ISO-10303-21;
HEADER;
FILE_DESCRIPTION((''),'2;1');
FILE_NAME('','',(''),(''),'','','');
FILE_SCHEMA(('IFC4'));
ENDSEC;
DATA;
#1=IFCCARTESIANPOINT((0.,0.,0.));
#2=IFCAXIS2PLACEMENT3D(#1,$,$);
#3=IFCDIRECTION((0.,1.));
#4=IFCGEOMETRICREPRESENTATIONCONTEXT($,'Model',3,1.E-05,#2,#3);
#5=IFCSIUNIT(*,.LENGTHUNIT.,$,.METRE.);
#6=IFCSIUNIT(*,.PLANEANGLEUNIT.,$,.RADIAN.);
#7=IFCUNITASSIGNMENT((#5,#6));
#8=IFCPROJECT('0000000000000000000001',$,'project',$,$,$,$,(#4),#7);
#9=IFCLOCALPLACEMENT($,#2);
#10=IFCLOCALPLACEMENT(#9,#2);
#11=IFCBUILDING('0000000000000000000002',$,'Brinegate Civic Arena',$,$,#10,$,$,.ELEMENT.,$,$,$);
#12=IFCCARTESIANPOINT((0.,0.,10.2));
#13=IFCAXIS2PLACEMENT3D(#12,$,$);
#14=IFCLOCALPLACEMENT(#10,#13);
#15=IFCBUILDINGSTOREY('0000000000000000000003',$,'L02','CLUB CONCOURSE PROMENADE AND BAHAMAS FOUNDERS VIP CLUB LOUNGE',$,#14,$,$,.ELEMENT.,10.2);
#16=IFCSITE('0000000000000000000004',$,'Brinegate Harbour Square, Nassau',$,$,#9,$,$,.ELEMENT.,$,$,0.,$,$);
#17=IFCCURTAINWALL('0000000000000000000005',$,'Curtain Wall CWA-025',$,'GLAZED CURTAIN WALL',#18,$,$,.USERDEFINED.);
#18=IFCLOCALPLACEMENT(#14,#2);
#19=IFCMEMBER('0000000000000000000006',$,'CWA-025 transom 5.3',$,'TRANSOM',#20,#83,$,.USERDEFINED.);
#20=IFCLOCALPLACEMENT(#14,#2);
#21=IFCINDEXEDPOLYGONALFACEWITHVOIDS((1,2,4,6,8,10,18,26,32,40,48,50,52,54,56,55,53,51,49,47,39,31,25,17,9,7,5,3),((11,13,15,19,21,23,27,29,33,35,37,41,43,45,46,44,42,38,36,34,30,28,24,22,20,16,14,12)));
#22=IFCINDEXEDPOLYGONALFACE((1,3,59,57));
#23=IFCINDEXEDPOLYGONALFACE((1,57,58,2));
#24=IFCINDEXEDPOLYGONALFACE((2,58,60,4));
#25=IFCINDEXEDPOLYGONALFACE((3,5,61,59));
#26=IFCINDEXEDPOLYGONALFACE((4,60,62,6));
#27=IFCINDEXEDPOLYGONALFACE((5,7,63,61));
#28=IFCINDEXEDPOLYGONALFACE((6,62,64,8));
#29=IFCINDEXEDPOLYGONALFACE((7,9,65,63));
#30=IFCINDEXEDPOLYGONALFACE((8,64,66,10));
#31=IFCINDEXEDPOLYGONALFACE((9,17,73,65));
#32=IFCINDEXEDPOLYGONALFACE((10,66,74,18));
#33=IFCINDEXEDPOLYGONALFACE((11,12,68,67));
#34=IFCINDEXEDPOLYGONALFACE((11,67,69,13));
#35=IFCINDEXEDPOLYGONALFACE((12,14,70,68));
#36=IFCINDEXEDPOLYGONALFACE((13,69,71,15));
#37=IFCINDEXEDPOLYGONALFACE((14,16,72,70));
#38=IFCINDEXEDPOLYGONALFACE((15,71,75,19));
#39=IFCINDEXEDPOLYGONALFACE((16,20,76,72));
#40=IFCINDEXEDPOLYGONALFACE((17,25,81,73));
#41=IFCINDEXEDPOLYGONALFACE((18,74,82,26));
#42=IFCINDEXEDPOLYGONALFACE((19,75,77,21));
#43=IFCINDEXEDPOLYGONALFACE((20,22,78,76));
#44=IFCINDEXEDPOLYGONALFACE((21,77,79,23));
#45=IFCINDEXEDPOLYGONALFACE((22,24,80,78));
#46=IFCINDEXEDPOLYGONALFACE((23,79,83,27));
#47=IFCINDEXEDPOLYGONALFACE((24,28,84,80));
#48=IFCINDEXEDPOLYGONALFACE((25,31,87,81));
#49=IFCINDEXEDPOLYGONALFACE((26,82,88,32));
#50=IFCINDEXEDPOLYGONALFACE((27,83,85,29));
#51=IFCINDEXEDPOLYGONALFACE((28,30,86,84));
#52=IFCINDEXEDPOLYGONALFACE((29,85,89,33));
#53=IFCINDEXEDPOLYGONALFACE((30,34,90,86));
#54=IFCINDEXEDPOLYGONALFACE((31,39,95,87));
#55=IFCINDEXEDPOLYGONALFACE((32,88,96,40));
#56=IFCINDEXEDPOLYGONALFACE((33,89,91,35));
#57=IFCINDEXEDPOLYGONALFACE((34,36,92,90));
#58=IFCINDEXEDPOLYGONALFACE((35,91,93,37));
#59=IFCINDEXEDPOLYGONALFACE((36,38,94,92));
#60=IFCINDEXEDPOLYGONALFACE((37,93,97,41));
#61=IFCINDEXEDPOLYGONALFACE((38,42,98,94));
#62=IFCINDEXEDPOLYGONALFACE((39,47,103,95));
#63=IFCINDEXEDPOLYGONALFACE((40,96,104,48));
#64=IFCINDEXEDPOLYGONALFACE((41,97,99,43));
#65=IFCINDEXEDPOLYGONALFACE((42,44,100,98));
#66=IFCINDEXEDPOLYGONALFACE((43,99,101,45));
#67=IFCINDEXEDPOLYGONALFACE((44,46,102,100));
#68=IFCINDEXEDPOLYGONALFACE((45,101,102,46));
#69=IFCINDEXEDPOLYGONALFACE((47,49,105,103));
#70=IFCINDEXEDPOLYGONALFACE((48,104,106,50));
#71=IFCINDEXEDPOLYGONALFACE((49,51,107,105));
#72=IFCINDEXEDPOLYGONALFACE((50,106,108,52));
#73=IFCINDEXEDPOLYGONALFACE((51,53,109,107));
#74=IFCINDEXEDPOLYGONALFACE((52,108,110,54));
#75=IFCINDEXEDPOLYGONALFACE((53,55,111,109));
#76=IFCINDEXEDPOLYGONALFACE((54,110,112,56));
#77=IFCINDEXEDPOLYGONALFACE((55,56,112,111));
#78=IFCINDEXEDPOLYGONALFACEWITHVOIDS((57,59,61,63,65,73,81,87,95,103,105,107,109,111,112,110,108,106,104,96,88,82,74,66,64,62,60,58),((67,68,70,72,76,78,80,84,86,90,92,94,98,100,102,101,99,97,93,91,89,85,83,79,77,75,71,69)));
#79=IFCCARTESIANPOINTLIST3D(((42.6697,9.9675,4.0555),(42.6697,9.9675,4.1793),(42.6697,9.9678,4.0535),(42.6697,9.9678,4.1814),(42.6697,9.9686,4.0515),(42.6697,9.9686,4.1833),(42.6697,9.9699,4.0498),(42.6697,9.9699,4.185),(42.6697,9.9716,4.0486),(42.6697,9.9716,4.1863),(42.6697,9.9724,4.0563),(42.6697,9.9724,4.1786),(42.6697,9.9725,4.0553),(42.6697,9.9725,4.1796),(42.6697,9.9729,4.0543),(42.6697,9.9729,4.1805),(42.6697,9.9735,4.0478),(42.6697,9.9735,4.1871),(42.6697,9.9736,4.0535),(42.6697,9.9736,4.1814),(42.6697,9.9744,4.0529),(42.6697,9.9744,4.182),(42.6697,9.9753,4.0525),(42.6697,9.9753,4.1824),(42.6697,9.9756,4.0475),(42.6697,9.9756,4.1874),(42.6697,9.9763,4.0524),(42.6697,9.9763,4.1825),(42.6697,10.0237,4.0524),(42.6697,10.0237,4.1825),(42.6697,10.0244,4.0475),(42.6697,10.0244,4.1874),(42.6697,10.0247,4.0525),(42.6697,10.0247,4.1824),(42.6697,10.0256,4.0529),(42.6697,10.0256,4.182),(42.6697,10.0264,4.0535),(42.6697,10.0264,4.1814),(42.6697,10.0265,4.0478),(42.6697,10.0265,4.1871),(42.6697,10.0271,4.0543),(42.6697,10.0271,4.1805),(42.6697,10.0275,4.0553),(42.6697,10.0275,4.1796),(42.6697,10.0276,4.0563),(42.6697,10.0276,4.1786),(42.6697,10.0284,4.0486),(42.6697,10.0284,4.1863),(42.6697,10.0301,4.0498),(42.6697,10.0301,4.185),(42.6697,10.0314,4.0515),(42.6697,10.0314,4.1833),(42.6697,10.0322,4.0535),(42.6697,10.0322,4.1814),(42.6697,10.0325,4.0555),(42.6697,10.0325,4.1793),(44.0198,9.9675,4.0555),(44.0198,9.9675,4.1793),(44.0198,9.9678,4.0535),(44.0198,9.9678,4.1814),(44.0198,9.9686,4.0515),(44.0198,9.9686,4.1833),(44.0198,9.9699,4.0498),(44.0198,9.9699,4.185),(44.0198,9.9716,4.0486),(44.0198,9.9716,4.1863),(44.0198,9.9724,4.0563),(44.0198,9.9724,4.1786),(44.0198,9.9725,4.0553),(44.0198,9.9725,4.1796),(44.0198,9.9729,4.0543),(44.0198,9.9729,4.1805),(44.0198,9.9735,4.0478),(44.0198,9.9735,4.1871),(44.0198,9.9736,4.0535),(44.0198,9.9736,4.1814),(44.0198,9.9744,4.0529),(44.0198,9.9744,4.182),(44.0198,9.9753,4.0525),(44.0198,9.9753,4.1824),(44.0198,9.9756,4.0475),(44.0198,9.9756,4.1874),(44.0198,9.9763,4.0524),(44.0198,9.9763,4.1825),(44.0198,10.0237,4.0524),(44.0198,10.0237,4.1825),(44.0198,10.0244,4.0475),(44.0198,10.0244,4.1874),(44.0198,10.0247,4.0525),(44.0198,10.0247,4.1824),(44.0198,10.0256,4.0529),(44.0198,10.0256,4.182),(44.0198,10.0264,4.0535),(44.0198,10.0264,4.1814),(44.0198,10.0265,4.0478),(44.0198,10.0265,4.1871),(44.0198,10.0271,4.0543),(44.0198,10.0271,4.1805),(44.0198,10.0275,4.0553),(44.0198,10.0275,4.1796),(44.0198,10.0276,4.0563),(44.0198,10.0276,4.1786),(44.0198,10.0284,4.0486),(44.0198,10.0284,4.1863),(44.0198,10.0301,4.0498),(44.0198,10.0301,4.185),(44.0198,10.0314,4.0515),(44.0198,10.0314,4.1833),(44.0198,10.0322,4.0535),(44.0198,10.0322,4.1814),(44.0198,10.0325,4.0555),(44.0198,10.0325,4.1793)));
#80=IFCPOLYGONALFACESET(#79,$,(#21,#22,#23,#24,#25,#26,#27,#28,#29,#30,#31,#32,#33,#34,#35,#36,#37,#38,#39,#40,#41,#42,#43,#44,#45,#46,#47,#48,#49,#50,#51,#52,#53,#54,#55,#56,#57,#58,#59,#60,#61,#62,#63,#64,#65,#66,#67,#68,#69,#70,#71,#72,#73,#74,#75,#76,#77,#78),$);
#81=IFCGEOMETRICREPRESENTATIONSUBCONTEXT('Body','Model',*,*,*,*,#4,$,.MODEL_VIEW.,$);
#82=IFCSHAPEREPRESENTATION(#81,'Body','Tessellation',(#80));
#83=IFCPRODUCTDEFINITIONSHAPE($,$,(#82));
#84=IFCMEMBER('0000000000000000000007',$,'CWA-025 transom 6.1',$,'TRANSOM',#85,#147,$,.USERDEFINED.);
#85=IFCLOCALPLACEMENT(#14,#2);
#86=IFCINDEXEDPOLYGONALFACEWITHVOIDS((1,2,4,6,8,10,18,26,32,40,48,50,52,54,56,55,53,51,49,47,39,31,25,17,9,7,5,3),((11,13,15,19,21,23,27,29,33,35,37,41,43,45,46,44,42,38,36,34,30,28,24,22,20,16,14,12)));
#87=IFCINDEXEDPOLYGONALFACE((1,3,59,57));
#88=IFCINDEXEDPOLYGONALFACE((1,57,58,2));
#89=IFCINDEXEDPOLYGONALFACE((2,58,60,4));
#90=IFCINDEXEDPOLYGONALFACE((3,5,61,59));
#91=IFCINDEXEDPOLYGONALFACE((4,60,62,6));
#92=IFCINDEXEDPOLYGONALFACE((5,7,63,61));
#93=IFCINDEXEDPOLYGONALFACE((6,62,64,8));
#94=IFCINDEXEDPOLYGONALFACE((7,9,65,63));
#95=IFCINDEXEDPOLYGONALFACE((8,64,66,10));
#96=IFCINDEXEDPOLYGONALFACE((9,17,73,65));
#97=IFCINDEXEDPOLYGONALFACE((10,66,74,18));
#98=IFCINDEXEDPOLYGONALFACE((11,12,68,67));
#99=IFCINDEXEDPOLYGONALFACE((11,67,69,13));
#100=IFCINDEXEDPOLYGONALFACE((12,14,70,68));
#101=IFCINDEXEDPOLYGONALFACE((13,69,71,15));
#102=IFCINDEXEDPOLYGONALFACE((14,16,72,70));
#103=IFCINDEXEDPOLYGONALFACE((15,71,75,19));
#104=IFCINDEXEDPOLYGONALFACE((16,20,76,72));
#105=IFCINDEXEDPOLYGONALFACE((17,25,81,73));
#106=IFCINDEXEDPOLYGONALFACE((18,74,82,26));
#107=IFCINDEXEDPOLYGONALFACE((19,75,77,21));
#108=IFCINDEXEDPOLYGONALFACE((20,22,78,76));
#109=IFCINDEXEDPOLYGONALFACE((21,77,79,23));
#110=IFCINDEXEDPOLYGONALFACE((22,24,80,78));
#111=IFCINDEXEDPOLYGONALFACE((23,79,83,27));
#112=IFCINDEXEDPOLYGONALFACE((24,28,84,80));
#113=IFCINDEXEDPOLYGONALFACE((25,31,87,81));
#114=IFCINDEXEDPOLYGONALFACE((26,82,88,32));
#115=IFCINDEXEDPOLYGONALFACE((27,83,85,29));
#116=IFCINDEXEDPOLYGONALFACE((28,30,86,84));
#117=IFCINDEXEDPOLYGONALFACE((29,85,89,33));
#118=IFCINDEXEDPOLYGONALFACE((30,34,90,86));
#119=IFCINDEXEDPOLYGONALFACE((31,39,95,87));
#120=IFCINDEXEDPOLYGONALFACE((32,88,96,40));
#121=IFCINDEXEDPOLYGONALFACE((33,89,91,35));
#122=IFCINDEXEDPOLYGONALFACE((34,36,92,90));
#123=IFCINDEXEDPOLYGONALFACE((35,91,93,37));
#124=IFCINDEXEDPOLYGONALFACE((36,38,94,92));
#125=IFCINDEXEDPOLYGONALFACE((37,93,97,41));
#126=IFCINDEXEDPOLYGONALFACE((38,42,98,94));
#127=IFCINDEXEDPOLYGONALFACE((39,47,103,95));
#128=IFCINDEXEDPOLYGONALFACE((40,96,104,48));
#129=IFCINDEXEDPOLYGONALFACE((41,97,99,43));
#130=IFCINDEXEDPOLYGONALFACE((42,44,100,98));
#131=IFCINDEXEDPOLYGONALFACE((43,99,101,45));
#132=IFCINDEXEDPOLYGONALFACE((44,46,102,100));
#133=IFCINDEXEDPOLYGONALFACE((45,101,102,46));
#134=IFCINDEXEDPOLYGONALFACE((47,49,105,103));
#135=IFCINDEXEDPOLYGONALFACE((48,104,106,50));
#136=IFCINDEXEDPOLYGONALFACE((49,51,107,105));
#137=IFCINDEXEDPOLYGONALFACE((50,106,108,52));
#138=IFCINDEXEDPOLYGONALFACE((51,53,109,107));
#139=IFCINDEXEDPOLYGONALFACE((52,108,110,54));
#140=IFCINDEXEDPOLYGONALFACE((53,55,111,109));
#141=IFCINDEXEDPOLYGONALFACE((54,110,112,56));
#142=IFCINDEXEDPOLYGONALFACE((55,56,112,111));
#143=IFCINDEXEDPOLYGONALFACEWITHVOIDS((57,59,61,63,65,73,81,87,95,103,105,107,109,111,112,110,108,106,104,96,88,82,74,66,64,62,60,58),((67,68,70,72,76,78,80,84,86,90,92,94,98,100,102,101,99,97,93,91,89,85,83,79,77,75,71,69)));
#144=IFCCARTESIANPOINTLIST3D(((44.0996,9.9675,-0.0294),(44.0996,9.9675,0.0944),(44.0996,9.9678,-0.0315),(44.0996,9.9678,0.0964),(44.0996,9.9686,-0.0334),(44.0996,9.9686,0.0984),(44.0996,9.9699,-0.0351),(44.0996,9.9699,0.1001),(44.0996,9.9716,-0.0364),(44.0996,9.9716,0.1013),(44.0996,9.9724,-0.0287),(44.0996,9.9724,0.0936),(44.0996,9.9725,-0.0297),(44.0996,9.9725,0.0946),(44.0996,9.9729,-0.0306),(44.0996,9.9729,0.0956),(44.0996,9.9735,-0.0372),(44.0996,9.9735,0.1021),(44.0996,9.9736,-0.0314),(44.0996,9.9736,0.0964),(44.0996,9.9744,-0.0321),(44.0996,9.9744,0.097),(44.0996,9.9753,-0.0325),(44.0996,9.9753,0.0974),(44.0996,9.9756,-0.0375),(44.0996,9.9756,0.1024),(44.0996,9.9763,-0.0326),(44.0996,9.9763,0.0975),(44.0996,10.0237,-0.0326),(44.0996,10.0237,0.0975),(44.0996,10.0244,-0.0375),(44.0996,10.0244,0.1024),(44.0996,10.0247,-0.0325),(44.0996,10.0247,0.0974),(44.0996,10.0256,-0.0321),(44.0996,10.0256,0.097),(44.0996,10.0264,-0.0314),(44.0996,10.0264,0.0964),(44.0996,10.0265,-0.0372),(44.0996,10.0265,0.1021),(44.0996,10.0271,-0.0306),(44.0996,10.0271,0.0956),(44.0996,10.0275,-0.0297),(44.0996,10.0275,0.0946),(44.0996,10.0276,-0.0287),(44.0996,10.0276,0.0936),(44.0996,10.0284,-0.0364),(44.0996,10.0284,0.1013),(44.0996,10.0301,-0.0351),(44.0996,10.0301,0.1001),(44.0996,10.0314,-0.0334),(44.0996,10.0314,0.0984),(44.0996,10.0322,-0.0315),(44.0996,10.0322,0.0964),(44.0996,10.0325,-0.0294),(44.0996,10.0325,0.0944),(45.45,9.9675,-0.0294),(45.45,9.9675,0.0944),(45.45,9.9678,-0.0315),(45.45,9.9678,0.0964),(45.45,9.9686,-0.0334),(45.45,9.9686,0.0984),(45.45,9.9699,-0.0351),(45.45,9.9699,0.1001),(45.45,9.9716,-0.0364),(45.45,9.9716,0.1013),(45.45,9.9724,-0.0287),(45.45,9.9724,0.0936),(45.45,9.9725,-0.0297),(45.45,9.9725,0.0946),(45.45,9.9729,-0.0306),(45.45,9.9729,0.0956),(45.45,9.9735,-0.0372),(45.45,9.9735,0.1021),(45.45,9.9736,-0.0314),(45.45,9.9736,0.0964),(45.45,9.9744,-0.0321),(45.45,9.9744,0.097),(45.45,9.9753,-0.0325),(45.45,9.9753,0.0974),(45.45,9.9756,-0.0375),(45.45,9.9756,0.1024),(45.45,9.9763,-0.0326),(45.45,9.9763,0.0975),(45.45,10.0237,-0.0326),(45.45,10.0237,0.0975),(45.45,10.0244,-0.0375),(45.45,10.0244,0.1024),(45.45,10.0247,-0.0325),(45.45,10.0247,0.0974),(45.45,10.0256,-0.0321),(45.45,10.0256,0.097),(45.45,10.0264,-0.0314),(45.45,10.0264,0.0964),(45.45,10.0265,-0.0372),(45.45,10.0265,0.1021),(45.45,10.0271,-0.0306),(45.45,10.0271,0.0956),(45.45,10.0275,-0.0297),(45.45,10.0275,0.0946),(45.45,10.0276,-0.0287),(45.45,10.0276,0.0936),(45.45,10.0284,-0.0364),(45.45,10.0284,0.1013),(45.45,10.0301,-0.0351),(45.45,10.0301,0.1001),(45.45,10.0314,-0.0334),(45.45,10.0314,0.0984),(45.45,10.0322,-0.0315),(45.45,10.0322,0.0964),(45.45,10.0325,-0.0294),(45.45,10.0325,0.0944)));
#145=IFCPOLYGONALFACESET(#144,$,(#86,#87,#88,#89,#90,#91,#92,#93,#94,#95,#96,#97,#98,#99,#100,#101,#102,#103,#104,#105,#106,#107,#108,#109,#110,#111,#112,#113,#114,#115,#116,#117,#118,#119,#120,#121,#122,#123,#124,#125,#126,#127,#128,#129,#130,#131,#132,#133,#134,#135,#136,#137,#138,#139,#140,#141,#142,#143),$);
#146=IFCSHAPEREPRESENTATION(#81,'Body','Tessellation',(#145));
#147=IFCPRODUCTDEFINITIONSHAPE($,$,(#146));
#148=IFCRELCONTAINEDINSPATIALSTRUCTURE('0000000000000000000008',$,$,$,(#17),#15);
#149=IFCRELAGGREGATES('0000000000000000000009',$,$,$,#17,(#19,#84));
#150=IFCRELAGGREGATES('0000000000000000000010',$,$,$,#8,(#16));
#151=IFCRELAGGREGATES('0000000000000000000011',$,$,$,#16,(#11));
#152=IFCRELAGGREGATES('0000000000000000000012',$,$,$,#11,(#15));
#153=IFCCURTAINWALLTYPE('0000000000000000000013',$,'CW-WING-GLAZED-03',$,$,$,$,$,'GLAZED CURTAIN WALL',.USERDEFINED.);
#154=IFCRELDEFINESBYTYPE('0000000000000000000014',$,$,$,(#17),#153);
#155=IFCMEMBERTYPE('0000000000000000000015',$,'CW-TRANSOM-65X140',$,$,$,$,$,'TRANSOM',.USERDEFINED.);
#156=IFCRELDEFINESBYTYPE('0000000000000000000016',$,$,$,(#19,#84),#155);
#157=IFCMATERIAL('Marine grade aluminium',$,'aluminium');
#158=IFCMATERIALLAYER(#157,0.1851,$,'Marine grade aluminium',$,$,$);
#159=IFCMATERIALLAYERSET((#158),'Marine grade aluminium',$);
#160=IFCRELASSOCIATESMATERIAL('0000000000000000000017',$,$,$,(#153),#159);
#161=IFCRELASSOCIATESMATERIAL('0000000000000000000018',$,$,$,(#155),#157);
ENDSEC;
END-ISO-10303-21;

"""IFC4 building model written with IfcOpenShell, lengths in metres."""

from ifc_helpers import new_model, si_unit, direction, frame, origin, origin_2d, place, context, subcontext, project, spatial, hollow_rectangle, extrude, material, layer, layer_set, material_profile, profile_set, type_object, element, aggregate, save


model = new_model("IFC4")

# Units and contexts
model_context = context("Model", 3, precision=1e-05, world=origin(), true_north=direction((0.0, 1.0)))
body_context = subcontext(model_context, "Body", "Model", "MODEL_VIEW")
ifc_project = project(units=[si_unit("LENGTHUNIT", "METRE"), si_unit("PLANEANGLEUNIT", "RADIAN")], contexts=[model_context])

# Site, building, storey
site_placement = place(None, origin())
site = spatial("IfcSite", under=ifc_project, at=site_placement, Name="Brinegate Harbour Square, Nassau", CompositionType="ELEMENT", RefElevation=0.0)
building_placement = place(site_placement, origin())
building = spatial("IfcBuilding", under=site, at=building_placement, Name="Brinegate Civic Arena", CompositionType="ELEMENT")
storey_placement = place(building_placement, frame((0.0, 0.0, 10.2)))
storey = spatial("IfcBuildingStorey", under=building, at=storey_placement, Name="L02", Description="CLUB CONCOURSE PROMENADE AND BAHAMAS FOUNDERS VIP CLUB LOUNGE", CompositionType="ELEMENT", Elevation=10.2)

# Curtain wall
ifc_material_1 = material(Name="Marine grade aluminium", Category="aluminium")
ifc_layer_1 = layer(ifc_material_1, 0.1851, Name="Marine grade aluminium")
ifc_layer_set_1 = layer_set([ifc_layer_1], Name="Marine grade aluminium")
curtain_wall_type_1 = type_object("IfcCurtainWallType", Name="CW-WING-GLAZED-03", ElementType="GLAZED CURTAIN WALL", PredefinedType="USERDEFINED", material=ifc_layer_set_1)
curtain_wall_1_placement = place(storey_placement, origin())
curtain_wall_1 = element("IfcCurtainWall", 1, at=curtain_wall_1_placement, inside=storey, type_object=curtain_wall_type_1, Name="Curtain Wall CWA-025", ObjectType="GLAZED CURTAIN WALL", PredefinedType="USERDEFINED")

# Members
ifc_material_profile_1 = material_profile(ifc_material_1, hollow_rectangle(XDim=0.0649, YDim=0.1399, WallThickness=0.0049, InnerFilletRadius=0.0039, OuterFilletRadius=0.0081, at=origin_2d()), Name="TRN65X140")
ifc_profile_set_1 = profile_set([ifc_material_profile_1], Name="Marine grade aluminium")
member_type_1 = type_object("IfcMemberType", Name="CW-TRANSOM-65X140", ElementType="TRANSOM", PredefinedType="USERDEFINED", material=ifc_profile_set_1)
member_1_placement = place(storey_placement, frame((42.6697, 10.0, 4.1174), z_axis=(1.0, 0.0, 0.0), x_axis=(0.0, 1.0, 0.0)))
member_1 = element("IfcMember", 2, at=member_1_placement, type_object=member_type_1, Name="CWA-025 transom 5.3", ObjectType="TRANSOM", PredefinedType="USERDEFINED", context=body_context, shape_type="SweptSolid", body=[
    extrude(hollow_rectangle(XDim=0.0649, YDim=0.1399, WallThickness=0.0049, InnerFilletRadius=0.0039, OuterFilletRadius=0.0081, at=origin_2d()), origin(), (0.0, 0.0, 1.0), 1.3501),
])
member_2_placement = place(storey_placement, frame((44.0996, 10.0, 0.0325), z_axis=(1.0, 0.0, 0.0), x_axis=(0.0, 1.0, 0.0)))
member_2 = element("IfcMember", 3, at=member_2_placement, type_object=member_type_1, Name="CWA-025 transom 6.1", ObjectType="TRANSOM", PredefinedType="USERDEFINED", context=body_context, shape_type="SweptSolid", body=[
    extrude(hollow_rectangle(XDim=0.0649, YDim=0.1399, WallThickness=0.0049, InnerFilletRadius=0.0039, OuterFilletRadius=0.0081, at=origin_2d()), origin(), (0.0, 0.0, 1.0), 1.3503),
])

aggregate(curtain_wall_1, [member_1, member_2])

save(model, "model.ifc")
